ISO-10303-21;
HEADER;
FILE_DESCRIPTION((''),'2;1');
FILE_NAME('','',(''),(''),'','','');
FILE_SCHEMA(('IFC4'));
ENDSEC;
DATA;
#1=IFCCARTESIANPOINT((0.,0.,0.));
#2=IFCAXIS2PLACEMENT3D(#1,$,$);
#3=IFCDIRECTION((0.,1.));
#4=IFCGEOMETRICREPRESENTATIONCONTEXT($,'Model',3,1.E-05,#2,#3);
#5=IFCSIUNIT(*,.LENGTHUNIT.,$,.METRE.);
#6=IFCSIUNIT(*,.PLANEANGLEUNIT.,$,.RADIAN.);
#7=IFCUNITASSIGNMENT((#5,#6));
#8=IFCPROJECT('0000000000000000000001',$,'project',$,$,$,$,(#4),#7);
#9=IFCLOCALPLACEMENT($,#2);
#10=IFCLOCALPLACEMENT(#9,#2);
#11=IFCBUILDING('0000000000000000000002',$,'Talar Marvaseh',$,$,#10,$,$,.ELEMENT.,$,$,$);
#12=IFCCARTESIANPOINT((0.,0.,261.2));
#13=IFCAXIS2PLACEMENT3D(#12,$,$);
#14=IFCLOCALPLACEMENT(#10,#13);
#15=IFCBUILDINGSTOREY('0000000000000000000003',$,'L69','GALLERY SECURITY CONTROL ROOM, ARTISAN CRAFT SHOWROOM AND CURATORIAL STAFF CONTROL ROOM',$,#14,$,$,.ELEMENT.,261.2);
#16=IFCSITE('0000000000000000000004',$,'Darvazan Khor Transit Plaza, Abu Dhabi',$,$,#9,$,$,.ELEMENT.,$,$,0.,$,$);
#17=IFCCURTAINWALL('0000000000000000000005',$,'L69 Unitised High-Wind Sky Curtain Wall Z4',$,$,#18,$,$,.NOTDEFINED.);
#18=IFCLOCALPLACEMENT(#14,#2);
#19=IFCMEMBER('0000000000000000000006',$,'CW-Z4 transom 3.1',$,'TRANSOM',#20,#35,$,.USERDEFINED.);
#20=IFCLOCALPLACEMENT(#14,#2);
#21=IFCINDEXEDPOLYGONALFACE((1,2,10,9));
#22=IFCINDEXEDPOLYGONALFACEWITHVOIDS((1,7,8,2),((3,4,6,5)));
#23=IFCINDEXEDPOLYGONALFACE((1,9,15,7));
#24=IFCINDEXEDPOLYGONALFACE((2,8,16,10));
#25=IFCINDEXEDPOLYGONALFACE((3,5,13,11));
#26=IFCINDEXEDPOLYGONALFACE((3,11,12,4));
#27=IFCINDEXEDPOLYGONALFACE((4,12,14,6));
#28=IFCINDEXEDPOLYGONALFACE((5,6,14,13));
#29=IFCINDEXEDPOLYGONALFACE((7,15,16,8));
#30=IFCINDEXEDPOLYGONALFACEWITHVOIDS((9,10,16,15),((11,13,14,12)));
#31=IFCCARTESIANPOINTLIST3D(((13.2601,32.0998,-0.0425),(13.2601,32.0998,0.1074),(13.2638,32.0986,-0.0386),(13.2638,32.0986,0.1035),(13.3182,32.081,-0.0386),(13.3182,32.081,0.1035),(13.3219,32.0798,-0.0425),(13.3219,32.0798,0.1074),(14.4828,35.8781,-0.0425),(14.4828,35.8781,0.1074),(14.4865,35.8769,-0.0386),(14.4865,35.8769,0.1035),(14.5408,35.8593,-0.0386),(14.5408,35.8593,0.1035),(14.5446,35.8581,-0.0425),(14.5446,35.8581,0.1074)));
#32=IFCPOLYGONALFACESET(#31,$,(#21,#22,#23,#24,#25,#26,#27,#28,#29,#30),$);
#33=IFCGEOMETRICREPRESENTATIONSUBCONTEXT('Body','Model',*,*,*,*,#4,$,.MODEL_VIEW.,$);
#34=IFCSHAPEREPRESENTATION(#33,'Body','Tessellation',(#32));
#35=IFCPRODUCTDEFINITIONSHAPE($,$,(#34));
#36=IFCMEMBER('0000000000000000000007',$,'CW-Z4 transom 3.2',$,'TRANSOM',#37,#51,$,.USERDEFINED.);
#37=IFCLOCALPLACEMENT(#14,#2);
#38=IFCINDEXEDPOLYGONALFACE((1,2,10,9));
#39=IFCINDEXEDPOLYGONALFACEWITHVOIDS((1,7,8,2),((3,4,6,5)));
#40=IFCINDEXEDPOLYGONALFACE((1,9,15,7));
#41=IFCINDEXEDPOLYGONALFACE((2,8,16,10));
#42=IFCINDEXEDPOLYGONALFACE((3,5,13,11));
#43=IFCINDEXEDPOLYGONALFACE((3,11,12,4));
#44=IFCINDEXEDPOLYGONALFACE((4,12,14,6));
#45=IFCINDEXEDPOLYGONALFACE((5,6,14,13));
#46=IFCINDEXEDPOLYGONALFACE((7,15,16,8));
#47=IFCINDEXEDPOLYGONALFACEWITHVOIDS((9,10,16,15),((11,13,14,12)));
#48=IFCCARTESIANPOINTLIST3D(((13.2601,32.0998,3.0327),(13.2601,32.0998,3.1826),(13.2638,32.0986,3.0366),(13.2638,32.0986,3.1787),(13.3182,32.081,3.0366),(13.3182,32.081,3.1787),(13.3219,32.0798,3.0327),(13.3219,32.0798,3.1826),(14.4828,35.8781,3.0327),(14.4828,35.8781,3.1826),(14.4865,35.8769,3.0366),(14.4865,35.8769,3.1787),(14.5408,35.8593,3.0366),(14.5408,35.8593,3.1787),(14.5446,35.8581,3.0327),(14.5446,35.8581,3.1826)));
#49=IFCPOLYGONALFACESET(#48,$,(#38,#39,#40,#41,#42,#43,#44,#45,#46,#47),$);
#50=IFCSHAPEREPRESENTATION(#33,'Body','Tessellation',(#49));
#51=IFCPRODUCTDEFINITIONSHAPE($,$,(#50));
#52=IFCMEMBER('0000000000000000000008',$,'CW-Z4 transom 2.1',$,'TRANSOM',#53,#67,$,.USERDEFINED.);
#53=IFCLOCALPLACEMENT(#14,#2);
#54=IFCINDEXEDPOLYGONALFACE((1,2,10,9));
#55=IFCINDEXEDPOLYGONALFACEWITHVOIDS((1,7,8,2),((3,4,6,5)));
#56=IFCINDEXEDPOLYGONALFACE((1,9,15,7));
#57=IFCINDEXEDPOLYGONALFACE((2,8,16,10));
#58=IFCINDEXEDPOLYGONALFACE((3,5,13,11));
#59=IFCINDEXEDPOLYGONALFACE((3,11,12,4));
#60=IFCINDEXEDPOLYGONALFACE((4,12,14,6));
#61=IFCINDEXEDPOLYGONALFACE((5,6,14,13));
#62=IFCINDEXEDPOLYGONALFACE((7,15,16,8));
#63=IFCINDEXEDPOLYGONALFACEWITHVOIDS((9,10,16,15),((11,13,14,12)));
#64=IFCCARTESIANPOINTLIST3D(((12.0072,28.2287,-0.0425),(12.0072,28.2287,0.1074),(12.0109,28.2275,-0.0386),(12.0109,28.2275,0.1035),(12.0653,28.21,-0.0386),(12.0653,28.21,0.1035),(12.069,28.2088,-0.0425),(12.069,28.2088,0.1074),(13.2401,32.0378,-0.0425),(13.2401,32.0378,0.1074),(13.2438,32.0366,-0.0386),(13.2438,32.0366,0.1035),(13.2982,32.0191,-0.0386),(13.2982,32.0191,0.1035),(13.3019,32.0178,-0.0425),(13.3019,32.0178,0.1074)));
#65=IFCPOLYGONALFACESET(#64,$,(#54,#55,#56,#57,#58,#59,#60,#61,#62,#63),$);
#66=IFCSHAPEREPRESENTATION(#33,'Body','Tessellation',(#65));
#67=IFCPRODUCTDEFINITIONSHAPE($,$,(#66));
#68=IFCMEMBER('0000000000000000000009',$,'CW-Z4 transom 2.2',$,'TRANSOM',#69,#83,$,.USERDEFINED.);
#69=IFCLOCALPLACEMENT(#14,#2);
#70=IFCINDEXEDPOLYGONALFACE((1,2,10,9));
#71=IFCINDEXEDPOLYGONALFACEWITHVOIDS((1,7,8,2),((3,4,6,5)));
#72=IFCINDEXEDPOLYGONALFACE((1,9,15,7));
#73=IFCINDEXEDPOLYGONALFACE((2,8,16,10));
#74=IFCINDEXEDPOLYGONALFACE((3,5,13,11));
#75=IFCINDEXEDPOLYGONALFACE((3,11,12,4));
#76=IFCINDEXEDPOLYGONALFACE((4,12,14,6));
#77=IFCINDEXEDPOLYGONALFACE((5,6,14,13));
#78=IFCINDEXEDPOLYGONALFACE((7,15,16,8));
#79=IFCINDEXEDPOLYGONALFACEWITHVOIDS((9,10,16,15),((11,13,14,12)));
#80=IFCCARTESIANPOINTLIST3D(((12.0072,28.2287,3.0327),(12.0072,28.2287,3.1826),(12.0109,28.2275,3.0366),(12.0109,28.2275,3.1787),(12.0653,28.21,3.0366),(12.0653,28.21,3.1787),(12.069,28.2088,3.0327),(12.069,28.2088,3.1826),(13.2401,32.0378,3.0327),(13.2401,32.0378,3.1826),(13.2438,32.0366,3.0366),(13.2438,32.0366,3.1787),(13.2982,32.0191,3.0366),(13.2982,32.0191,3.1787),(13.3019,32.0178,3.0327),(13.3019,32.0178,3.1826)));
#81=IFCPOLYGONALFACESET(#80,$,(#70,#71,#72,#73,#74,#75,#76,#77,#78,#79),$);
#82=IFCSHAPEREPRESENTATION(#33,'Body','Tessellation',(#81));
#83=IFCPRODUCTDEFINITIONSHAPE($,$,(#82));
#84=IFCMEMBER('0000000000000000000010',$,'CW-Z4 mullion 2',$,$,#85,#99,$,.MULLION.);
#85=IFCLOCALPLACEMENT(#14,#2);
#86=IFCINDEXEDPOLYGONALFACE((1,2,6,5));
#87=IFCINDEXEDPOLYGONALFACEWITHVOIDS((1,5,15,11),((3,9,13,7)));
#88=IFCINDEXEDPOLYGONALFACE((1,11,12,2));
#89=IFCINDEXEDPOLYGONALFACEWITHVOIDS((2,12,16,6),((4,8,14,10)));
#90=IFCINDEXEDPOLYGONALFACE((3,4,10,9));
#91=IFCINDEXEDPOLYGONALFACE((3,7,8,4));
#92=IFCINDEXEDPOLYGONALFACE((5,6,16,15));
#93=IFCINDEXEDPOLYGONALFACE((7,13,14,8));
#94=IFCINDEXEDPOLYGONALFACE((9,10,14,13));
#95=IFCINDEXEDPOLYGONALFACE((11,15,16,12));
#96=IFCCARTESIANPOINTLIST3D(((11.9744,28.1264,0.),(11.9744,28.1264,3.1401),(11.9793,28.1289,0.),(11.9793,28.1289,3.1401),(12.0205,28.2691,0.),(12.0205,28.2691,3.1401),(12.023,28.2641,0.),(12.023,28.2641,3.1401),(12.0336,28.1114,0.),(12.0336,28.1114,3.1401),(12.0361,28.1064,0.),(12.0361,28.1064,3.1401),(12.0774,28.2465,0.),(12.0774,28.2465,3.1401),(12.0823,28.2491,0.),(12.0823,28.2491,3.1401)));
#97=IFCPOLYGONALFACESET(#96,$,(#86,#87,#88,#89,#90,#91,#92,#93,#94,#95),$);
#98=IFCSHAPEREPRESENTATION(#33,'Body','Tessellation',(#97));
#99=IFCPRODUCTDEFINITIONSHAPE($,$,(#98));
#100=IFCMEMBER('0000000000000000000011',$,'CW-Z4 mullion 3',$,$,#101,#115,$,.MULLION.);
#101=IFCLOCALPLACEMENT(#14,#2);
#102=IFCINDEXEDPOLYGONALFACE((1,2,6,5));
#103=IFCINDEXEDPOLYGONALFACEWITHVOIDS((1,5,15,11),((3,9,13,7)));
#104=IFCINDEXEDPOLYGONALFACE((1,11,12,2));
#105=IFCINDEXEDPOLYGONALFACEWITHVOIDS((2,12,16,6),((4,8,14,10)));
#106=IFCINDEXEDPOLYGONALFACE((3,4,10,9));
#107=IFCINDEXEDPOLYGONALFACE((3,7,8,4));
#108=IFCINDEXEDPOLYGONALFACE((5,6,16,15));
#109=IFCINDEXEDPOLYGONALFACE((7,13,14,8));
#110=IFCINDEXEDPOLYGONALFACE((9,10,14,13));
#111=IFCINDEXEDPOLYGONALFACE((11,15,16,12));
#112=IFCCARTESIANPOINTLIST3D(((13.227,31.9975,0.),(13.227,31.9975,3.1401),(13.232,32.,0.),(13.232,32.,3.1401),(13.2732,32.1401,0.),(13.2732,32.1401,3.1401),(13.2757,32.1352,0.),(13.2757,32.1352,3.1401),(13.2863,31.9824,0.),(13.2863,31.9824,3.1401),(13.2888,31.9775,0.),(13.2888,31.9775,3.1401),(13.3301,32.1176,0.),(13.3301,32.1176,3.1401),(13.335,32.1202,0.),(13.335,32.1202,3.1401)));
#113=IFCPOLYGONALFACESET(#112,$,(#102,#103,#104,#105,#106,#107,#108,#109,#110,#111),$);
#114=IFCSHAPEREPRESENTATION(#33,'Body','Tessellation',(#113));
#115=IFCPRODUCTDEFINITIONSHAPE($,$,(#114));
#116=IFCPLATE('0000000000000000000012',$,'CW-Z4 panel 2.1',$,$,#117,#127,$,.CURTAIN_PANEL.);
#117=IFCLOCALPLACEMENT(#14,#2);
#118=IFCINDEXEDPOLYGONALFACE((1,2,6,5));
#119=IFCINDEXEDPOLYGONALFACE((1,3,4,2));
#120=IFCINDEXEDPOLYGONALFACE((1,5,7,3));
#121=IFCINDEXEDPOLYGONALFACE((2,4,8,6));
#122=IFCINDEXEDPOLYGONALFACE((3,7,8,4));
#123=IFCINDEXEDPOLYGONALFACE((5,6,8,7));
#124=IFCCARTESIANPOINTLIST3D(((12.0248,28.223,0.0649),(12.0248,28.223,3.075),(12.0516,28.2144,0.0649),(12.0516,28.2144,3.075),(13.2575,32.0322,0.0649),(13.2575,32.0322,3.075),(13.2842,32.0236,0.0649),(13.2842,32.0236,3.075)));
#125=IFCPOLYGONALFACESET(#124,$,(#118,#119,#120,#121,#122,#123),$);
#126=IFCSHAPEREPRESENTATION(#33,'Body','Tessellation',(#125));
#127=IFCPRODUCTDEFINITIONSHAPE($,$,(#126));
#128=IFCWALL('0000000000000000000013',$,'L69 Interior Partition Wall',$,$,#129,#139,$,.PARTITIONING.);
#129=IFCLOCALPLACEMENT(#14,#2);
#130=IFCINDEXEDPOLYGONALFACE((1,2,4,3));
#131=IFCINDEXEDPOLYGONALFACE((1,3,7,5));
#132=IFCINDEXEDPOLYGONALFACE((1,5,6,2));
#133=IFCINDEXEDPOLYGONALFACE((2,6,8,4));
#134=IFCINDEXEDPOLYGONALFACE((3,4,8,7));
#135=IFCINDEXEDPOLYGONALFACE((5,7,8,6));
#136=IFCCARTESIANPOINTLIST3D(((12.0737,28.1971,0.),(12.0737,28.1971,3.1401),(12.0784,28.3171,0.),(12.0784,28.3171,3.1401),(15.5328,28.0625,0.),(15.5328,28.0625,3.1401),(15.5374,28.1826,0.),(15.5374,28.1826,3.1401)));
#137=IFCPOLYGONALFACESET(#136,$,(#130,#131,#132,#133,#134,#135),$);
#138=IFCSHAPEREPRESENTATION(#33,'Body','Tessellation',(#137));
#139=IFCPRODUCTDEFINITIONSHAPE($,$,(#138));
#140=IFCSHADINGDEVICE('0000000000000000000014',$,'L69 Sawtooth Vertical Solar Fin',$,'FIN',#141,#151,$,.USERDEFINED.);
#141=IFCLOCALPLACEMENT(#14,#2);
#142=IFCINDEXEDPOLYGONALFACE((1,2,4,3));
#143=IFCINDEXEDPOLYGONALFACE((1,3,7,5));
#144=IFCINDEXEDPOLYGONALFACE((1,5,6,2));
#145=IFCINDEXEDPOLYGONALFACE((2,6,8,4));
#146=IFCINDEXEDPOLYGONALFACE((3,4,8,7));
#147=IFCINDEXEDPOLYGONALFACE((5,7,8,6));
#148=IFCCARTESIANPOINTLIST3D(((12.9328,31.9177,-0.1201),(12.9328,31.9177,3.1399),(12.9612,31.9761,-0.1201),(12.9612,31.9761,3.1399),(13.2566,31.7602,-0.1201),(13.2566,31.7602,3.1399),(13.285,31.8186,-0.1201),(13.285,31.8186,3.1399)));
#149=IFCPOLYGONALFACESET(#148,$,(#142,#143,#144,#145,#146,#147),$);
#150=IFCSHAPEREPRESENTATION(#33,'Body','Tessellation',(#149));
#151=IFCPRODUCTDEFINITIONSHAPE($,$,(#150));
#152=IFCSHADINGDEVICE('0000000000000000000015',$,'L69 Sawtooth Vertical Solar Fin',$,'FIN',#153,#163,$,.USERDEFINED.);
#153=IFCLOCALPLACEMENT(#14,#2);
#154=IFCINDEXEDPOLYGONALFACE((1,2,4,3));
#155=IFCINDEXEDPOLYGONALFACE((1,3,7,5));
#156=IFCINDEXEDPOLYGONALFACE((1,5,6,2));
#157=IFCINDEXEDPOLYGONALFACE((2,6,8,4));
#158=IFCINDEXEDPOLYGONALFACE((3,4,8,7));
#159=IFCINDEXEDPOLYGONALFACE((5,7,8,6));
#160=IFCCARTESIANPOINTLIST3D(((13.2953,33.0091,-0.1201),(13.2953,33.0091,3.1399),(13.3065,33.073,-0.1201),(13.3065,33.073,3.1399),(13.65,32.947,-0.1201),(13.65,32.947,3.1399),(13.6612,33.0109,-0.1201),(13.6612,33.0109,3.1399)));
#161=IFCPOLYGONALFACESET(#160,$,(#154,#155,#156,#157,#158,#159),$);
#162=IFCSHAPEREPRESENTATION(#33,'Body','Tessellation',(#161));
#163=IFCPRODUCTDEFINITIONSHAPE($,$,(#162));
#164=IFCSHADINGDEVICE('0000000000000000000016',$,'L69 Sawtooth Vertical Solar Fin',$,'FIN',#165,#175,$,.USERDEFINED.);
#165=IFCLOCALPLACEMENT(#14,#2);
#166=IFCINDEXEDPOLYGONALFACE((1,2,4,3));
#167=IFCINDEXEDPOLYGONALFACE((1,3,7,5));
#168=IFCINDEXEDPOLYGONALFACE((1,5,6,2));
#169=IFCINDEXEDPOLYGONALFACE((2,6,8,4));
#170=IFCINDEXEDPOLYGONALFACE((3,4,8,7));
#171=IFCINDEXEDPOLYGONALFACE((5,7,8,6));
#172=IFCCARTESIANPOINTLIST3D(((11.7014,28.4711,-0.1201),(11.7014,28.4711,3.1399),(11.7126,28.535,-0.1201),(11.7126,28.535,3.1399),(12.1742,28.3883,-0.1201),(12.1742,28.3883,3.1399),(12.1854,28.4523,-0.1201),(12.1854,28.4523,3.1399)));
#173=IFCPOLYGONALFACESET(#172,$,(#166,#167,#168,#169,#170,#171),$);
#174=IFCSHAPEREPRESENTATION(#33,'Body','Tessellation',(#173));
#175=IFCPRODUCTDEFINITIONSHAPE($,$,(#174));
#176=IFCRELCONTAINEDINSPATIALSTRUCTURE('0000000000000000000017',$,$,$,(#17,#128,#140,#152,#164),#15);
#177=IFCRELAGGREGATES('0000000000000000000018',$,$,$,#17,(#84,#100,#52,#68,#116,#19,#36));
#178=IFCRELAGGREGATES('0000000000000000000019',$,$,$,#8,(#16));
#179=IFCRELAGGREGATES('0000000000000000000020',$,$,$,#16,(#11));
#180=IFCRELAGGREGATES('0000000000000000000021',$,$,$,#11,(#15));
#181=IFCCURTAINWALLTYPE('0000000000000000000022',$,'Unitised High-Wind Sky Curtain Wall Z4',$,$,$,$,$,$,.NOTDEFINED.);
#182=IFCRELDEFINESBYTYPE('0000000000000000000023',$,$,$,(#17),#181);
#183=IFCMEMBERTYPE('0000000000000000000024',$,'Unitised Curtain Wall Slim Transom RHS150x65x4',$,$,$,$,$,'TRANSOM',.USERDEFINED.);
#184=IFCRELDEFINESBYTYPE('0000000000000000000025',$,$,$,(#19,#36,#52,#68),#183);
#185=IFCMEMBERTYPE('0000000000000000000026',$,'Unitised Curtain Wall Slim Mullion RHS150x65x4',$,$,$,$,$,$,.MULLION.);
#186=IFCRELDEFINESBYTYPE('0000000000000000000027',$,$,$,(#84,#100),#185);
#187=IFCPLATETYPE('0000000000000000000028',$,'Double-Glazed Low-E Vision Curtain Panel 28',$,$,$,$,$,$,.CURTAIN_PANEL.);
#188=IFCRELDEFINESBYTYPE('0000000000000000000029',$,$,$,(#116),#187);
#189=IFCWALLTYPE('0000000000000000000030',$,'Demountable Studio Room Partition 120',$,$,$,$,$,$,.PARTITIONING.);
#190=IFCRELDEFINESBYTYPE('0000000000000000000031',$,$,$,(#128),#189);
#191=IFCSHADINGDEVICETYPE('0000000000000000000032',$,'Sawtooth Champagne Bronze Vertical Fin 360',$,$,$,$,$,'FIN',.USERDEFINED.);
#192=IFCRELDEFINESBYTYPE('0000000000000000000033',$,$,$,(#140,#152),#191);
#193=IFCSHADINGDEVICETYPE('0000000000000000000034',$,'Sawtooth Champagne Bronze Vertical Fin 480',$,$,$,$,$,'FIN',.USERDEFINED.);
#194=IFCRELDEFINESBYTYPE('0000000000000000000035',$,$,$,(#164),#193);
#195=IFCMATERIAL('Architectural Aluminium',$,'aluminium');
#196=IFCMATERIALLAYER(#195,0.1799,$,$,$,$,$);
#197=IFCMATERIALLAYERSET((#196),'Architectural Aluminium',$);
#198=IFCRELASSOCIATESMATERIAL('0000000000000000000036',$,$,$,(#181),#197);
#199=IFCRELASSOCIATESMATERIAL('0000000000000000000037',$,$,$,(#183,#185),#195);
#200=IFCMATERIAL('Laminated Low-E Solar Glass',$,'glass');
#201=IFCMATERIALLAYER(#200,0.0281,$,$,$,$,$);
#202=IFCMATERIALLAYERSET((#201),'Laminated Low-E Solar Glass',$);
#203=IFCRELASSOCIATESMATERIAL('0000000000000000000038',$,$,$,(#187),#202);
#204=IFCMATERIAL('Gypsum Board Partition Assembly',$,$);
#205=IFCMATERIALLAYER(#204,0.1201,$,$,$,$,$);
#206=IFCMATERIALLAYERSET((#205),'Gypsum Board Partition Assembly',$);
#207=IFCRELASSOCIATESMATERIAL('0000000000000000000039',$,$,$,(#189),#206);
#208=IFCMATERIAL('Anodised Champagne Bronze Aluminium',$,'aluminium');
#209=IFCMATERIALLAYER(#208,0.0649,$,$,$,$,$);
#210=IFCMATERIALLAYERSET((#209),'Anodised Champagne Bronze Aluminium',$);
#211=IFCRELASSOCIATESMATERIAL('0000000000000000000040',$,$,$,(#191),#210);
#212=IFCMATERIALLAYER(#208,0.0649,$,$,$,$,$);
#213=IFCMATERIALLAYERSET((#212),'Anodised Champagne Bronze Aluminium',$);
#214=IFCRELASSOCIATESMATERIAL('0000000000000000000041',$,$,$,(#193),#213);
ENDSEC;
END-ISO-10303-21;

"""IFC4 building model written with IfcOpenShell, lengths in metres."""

from ifc_helpers import new_model, si_unit, direction, frame, frame_2d, origin, origin_2d, place, context, subcontext, project, spatial, rectangle, hollow_rectangle, extrude, source, transform, mapped, material, layer, layer_set, material_profile, profile_set, type_object, type_shapes, element, aggregate, save


model = new_model("IFC4")

# Units and contexts
model_context = context("Model", 3, precision=1e-05, world=origin(), true_north=direction((0.0, 1.0)))
body_context = subcontext(model_context, "Body", "Model", "MODEL_VIEW")
ifc_project = project(units=[si_unit("LENGTHUNIT", "METRE"), si_unit("PLANEANGLEUNIT", "RADIAN")], contexts=[model_context])

# Site, building, storey
site_placement = place(None, origin())
site = spatial("IfcSite", under=ifc_project, at=site_placement, Name="Darvazan Khor Transit Plaza, Abu Dhabi", CompositionType="ELEMENT", RefElevation=0.0)
building_placement = place(site_placement, origin())
building = spatial("IfcBuilding", under=site, at=building_placement, Name="Talar Marvaseh", CompositionType="ELEMENT")
storey_placement = place(building_placement, frame((0.0, 0.0, 261.2)))
storey = spatial("IfcBuildingStorey", under=building, at=storey_placement, Name="L69", Description="GALLERY SECURITY CONTROL ROOM, ARTISAN CRAFT SHOWROOM AND CURATORIAL STAFF CONTROL ROOM", CompositionType="ELEMENT", Elevation=261.2)

# Curtain wall, members, plate
ifc_material_1 = material(Name="Architectural Aluminium", Category="aluminium")
ifc_layer_1 = layer(ifc_material_1, 0.1799)
ifc_layer_set_1 = layer_set([ifc_layer_1], Name="Architectural Aluminium")
curtain_wall_type = type_object("IfcCurtainWallType", Name="Unitised High-Wind Sky Curtain Wall Z4", PredefinedType="NOTDEFINED", material=ifc_layer_set_1)
curtain_wall_placement = place(storey_placement, origin())
curtain_wall = element("IfcCurtainWall", 1, at=curtain_wall_placement, inside=storey, type_object=curtain_wall_type, Name="L69 Unitised High-Wind Sky Curtain Wall Z4", PredefinedType="NOTDEFINED")
ifc_material_profile_1 = material_profile(ifc_material_1, hollow_rectangle(XDim=0.0649, YDim=0.1499, WallThickness=0.0039, at=origin_2d()), Name="RHS150x65x4")
ifc_profile_set_1 = profile_set([ifc_material_profile_1], Name="Architectural Aluminium")
member_type_1 = type_object("IfcMemberType", Name="Unitised Curtain Wall Slim Transom RHS150x65x4", ElementType="TRANSOM", PredefinedType="USERDEFINED", material=ifc_profile_set_1)
shared_shape_1 = source(origin(), body_context, "Body", "SweptSolid", [
    extrude(hollow_rectangle(XDim=0.0649, YDim=0.1499, WallThickness=0.0039, at=origin_2d()), origin(), (0.0, 0.0, 1.0), 3.9712),
])
member_1_placement = place(storey_placement, frame((13.291, 32.0898, 0.0325), z_axis=(0.307879, 0.951425, 0.0), x_axis=(-0.951425, 0.307879, 0.0)))
member_1 = element("IfcMember", 2, at=member_1_placement, type_object=member_type_1, Name="CW-Z4 transom 3.1", ObjectType="TRANSOM", PredefinedType="USERDEFINED", context=body_context, shape_type="MappedRepresentation", body=[
    mapped(shared_shape_1, transform((0.0, 0.0, 0.0), x_axis=(1.0, 0.0, 0.0), y_axis=(0.0, 1.0, 0.0), z_axis=(0.0, 0.0, 1.0), scale=1.0)),
])
member_2_placement = place(storey_placement, frame((13.291, 32.0898, 3.1077), z_axis=(0.307879, 0.951425, 0.0), x_axis=(-0.951425, 0.307879, 0.0)))
member_2 = element("IfcMember", 3, at=member_2_placement, type_object=member_type_1, Name="CW-Z4 transom 3.2", ObjectType="TRANSOM", PredefinedType="USERDEFINED", context=body_context, shape_type="MappedRepresentation", body=[
    mapped(shared_shape_1, transform((0.0, 0.0, 0.0), x_axis=(1.0, 0.0, 0.0), y_axis=(0.0, 1.0, 0.0), z_axis=(0.0, 0.0, 1.0), scale=1.0)),
])
shared_shape_2 = source(origin(), body_context, "Body", "SweptSolid", [
    extrude(hollow_rectangle(XDim=0.0649, YDim=0.1499, WallThickness=0.0039, at=origin_2d()), origin(), (0.0, 0.0, 1.0), 4.0037),
])
type_shapes(member_type_1, [shared_shape_1, shared_shape_2])
member_3_placement = place(storey_placement, frame((12.0381, 28.2188, 0.0325), z_axis=(0.307947, 0.951404, 0.0), x_axis=(-0.951404, 0.307947, 0.0)))
member_3 = element("IfcMember", 4, at=member_3_placement, type_object=member_type_1, Name="CW-Z4 transom 2.1", ObjectType="TRANSOM", PredefinedType="USERDEFINED", context=body_context, shape_type="MappedRepresentation", body=[
    mapped(shared_shape_2, transform((0.0, 0.0, 0.0), x_axis=(1.0, 0.0, 0.0), y_axis=(0.0, 1.0, 0.0), z_axis=(0.0, 0.0, 1.0), scale=1.0)),
])
member_4_placement = place(storey_placement, frame((12.0381, 28.2188, 3.1077), z_axis=(0.307947, 0.951404, 0.0), x_axis=(-0.951404, 0.307947, 0.0)))
member_4 = element("IfcMember", 5, at=member_4_placement, type_object=member_type_1, Name="CW-Z4 transom 2.2", ObjectType="TRANSOM", PredefinedType="USERDEFINED", context=body_context, shape_type="MappedRepresentation", body=[
    mapped(shared_shape_2, transform((0.0, 0.0, 0.0), x_axis=(1.0, 0.0, 0.0), y_axis=(0.0, 1.0, 0.0), z_axis=(0.0, 0.0, 1.0), scale=1.0)),
])
ifc_material_profile_2 = material_profile(ifc_material_1, hollow_rectangle(XDim=0.0649, YDim=0.1499, WallThickness=0.0039, at=origin_2d()), Name="RHS150x65x4")
ifc_profile_set_2 = profile_set([ifc_material_profile_2], Name="Architectural Aluminium")
member_type_2 = type_object("IfcMemberType", Name="Unitised Curtain Wall Slim Mullion RHS150x65x4", PredefinedType="MULLION", material=ifc_profile_set_2)
shared_shape_3 = source(origin(), body_context, "Body", "SweptSolid", [
    extrude(hollow_rectangle(XDim=0.0649, YDim=0.1499, WallThickness=0.0039, at=origin_2d()), origin(), (0.0, 0.0, 1.0), 3.1401),
])
type_shapes(member_type_2, [shared_shape_3])
member_5_placement = place(storey_placement, frame((12.0283, 28.1877, 0.0), z_axis=(0.0, 0.0, 1.0), x_axis=(-0.951422, 0.307889, 0.0)))
member_5 = element("IfcMember", 6, at=member_5_placement, type_object=member_type_2, Name="CW-Z4 mullion 2", PredefinedType="MULLION", context=body_context, shape_type="MappedRepresentation", body=[
    mapped(shared_shape_3, transform((0.0, 0.0, 0.0), x_axis=(1.0, 0.0, 0.0), y_axis=(0.0, 1.0, 0.0), z_axis=(0.0, 0.0, 1.0), scale=1.0)),
])
member_6_placement = place(storey_placement, frame((13.281, 32.0588, 0.0), z_axis=(0.0, 0.0, 1.0), x_axis=(-0.951422, 0.307889, 0.0)))
member_6 = element("IfcMember", 7, at=member_6_placement, type_object=member_type_2, Name="CW-Z4 mullion 3", PredefinedType="MULLION", context=body_context, shape_type="MappedRepresentation", body=[
    mapped(shared_shape_3, transform((0.0, 0.0, 0.0), x_axis=(1.0, 0.0, 0.0), y_axis=(0.0, 1.0, 0.0), z_axis=(0.0, 0.0, 1.0), scale=1.0)),
])
ifc_material_2 = material(Name="Laminated Low-E Solar Glass", Category="glass")
ifc_layer_2 = layer(ifc_material_2, 0.0281)
ifc_layer_set_2 = layer_set([ifc_layer_2], Name="Laminated Low-E Solar Glass")
plate_type = type_object("IfcPlateType", Name="Double-Glazed Low-E Vision Curtain Panel 28", PredefinedType="CURTAIN_PANEL", material=ifc_layer_set_2)
shared_shape_4 = source(origin(), body_context, "Body", "SweptSolid", [
    extrude(rectangle(XDim=4.0037, YDim=0.0281, at=origin_2d()), origin(), (0.0, 0.0, 1.0), 3.01),
])
type_shapes(plate_type, [shared_shape_4])
plate_placement = place(storey_placement, frame((12.6545, 30.1233, 0.0649), z_axis=(0.0, 0.0, 1.0), x_axis=(0.307889, 0.951422, 0.0)))
plate = element("IfcPlate", 8, at=plate_placement, type_object=plate_type, Name="CW-Z4 panel 2.1", PredefinedType="CURTAIN_PANEL", context=body_context, shape_type="MappedRepresentation", body=[
    mapped(shared_shape_4, transform((0.0, 0.0, 0.0), x_axis=(1.0, 0.0, 0.0), y_axis=(0.0, 1.0, 0.0), z_axis=(0.0, 0.0, 1.0), scale=1.0)),
])
aggregate(curtain_wall, [member_5, member_6, member_3, member_4, plate, member_1, member_2])

# Wall
ifc_material_3 = material(Name="Gypsum Board Partition Assembly")
ifc_layer_3 = layer(ifc_material_3, 0.1201)
ifc_layer_set_3 = layer_set([ifc_layer_3], Name="Gypsum Board Partition Assembly")
wall_type = type_object("IfcWallType", Name="Demountable Studio Room Partition 120", PredefinedType="PARTITIONING", material=ifc_layer_set_3)
wall_placement = place(storey_placement, frame((12.0759, 28.2571, 0.0), z_axis=(0.0, 0.0, 1.0), x_axis=(0.999245, -0.038861, 0.0)))
element("IfcWall", 9, at=wall_placement, inside=storey, type_object=wall_type, Name="L69 Interior Partition Wall", PredefinedType="PARTITIONING", context=body_context, shape_type="SweptSolid", body=[
    extrude(rectangle(XDim=3.4617, YDim=0.1201, at=frame_2d((1.731, 0.0))), origin(), (0.0, 0.0, 1.0), 3.1401),
])

# Shading devices
ifc_material_4 = material(Name="Anodised Champagne Bronze Aluminium", Category="aluminium")
ifc_layer_4 = layer(ifc_material_4, 0.0649)
ifc_layer_set_4 = layer_set([ifc_layer_4], Name="Anodised Champagne Bronze Aluminium")
shading_device_type_1 = type_object("IfcShadingDeviceType", Name="Sawtooth Champagne Bronze Vertical Fin 360", ElementType="FIN", PredefinedType="USERDEFINED", material=ifc_layer_set_4)
shared_shape_5 = source(origin(), body_context, "Body", "SweptSolid", [
    extrude(rectangle(XDim=0.3601, YDim=0.0649, at=origin_2d()), origin(), (0.0, 0.0, 1.0), 3.26),
])
type_shapes(shading_device_type_1, [shared_shape_5])
for number, where, z_axis, x_axis, name in (
    (10, (13.1089, 31.8682, -0.1201), (0.0, 0.0, 1.0), (-0.899329, 0.437273, 0.0), "L69 Sawtooth Vertical Solar Fin"),
    (11, (13.4783, 33.01, -0.1201), (0.0, 0.0, 1.0), (-0.985019, 0.172445, 0.0), "L69 Sawtooth Vertical Solar Fin"),
):
    element("IfcShadingDevice", number, at=place(storey_placement, frame(where, z_axis=z_axis, x_axis=x_axis)), inside=storey, type_object=shading_device_type_1, Name=name, ObjectType="FIN", PredefinedType="USERDEFINED", context=body_context, shape_type="MappedRepresentation", body=[
        mapped(shared_shape_5, transform((0.0, 0.0, 0.0), x_axis=(1.0, 0.0, 0.0), y_axis=(0.0, 1.0, 0.0), z_axis=(0.0, 0.0, 1.0), scale=1.0)),
    ])
ifc_layer_5 = layer(ifc_material_4, 0.0649)
ifc_layer_set_5 = layer_set([ifc_layer_5], Name="Anodised Champagne Bronze Aluminium")
shading_device_type_2 = type_object("IfcShadingDeviceType", Name="Sawtooth Champagne Bronze Vertical Fin 480", ElementType="FIN", PredefinedType="USERDEFINED", material=ifc_layer_set_5)
shared_shape_6 = source(origin(), body_context, "Body", "SweptSolid", [
    extrude(rectangle(XDim=0.48, YDim=0.0649, at=origin_2d()), origin(), (0.0, 0.0, 1.0), 3.26),
])
type_shapes(shading_device_type_2, [shared_shape_6])
for number, where, z_axis, x_axis, name in (
    (12, (11.9434, 28.4617, -0.1201), (0.0, 0.0, 1.0), (-0.985019, 0.172445, 0.0), "L69 Sawtooth Vertical Solar Fin"),
):
    element("IfcShadingDevice", number, at=place(storey_placement, frame(where, z_axis=z_axis, x_axis=x_axis)), inside=storey, type_object=shading_device_type_2, Name=name, ObjectType="FIN", PredefinedType="USERDEFINED", context=body_context, shape_type="MappedRepresentation", body=[
        mapped(shared_shape_6, transform((0.0, 0.0, 0.0), x_axis=(1.0, 0.0, 0.0), y_axis=(0.0, 1.0, 0.0), z_axis=(0.0, 0.0, 1.0), scale=1.0)),
    ])

save(model, "model.ifc")
